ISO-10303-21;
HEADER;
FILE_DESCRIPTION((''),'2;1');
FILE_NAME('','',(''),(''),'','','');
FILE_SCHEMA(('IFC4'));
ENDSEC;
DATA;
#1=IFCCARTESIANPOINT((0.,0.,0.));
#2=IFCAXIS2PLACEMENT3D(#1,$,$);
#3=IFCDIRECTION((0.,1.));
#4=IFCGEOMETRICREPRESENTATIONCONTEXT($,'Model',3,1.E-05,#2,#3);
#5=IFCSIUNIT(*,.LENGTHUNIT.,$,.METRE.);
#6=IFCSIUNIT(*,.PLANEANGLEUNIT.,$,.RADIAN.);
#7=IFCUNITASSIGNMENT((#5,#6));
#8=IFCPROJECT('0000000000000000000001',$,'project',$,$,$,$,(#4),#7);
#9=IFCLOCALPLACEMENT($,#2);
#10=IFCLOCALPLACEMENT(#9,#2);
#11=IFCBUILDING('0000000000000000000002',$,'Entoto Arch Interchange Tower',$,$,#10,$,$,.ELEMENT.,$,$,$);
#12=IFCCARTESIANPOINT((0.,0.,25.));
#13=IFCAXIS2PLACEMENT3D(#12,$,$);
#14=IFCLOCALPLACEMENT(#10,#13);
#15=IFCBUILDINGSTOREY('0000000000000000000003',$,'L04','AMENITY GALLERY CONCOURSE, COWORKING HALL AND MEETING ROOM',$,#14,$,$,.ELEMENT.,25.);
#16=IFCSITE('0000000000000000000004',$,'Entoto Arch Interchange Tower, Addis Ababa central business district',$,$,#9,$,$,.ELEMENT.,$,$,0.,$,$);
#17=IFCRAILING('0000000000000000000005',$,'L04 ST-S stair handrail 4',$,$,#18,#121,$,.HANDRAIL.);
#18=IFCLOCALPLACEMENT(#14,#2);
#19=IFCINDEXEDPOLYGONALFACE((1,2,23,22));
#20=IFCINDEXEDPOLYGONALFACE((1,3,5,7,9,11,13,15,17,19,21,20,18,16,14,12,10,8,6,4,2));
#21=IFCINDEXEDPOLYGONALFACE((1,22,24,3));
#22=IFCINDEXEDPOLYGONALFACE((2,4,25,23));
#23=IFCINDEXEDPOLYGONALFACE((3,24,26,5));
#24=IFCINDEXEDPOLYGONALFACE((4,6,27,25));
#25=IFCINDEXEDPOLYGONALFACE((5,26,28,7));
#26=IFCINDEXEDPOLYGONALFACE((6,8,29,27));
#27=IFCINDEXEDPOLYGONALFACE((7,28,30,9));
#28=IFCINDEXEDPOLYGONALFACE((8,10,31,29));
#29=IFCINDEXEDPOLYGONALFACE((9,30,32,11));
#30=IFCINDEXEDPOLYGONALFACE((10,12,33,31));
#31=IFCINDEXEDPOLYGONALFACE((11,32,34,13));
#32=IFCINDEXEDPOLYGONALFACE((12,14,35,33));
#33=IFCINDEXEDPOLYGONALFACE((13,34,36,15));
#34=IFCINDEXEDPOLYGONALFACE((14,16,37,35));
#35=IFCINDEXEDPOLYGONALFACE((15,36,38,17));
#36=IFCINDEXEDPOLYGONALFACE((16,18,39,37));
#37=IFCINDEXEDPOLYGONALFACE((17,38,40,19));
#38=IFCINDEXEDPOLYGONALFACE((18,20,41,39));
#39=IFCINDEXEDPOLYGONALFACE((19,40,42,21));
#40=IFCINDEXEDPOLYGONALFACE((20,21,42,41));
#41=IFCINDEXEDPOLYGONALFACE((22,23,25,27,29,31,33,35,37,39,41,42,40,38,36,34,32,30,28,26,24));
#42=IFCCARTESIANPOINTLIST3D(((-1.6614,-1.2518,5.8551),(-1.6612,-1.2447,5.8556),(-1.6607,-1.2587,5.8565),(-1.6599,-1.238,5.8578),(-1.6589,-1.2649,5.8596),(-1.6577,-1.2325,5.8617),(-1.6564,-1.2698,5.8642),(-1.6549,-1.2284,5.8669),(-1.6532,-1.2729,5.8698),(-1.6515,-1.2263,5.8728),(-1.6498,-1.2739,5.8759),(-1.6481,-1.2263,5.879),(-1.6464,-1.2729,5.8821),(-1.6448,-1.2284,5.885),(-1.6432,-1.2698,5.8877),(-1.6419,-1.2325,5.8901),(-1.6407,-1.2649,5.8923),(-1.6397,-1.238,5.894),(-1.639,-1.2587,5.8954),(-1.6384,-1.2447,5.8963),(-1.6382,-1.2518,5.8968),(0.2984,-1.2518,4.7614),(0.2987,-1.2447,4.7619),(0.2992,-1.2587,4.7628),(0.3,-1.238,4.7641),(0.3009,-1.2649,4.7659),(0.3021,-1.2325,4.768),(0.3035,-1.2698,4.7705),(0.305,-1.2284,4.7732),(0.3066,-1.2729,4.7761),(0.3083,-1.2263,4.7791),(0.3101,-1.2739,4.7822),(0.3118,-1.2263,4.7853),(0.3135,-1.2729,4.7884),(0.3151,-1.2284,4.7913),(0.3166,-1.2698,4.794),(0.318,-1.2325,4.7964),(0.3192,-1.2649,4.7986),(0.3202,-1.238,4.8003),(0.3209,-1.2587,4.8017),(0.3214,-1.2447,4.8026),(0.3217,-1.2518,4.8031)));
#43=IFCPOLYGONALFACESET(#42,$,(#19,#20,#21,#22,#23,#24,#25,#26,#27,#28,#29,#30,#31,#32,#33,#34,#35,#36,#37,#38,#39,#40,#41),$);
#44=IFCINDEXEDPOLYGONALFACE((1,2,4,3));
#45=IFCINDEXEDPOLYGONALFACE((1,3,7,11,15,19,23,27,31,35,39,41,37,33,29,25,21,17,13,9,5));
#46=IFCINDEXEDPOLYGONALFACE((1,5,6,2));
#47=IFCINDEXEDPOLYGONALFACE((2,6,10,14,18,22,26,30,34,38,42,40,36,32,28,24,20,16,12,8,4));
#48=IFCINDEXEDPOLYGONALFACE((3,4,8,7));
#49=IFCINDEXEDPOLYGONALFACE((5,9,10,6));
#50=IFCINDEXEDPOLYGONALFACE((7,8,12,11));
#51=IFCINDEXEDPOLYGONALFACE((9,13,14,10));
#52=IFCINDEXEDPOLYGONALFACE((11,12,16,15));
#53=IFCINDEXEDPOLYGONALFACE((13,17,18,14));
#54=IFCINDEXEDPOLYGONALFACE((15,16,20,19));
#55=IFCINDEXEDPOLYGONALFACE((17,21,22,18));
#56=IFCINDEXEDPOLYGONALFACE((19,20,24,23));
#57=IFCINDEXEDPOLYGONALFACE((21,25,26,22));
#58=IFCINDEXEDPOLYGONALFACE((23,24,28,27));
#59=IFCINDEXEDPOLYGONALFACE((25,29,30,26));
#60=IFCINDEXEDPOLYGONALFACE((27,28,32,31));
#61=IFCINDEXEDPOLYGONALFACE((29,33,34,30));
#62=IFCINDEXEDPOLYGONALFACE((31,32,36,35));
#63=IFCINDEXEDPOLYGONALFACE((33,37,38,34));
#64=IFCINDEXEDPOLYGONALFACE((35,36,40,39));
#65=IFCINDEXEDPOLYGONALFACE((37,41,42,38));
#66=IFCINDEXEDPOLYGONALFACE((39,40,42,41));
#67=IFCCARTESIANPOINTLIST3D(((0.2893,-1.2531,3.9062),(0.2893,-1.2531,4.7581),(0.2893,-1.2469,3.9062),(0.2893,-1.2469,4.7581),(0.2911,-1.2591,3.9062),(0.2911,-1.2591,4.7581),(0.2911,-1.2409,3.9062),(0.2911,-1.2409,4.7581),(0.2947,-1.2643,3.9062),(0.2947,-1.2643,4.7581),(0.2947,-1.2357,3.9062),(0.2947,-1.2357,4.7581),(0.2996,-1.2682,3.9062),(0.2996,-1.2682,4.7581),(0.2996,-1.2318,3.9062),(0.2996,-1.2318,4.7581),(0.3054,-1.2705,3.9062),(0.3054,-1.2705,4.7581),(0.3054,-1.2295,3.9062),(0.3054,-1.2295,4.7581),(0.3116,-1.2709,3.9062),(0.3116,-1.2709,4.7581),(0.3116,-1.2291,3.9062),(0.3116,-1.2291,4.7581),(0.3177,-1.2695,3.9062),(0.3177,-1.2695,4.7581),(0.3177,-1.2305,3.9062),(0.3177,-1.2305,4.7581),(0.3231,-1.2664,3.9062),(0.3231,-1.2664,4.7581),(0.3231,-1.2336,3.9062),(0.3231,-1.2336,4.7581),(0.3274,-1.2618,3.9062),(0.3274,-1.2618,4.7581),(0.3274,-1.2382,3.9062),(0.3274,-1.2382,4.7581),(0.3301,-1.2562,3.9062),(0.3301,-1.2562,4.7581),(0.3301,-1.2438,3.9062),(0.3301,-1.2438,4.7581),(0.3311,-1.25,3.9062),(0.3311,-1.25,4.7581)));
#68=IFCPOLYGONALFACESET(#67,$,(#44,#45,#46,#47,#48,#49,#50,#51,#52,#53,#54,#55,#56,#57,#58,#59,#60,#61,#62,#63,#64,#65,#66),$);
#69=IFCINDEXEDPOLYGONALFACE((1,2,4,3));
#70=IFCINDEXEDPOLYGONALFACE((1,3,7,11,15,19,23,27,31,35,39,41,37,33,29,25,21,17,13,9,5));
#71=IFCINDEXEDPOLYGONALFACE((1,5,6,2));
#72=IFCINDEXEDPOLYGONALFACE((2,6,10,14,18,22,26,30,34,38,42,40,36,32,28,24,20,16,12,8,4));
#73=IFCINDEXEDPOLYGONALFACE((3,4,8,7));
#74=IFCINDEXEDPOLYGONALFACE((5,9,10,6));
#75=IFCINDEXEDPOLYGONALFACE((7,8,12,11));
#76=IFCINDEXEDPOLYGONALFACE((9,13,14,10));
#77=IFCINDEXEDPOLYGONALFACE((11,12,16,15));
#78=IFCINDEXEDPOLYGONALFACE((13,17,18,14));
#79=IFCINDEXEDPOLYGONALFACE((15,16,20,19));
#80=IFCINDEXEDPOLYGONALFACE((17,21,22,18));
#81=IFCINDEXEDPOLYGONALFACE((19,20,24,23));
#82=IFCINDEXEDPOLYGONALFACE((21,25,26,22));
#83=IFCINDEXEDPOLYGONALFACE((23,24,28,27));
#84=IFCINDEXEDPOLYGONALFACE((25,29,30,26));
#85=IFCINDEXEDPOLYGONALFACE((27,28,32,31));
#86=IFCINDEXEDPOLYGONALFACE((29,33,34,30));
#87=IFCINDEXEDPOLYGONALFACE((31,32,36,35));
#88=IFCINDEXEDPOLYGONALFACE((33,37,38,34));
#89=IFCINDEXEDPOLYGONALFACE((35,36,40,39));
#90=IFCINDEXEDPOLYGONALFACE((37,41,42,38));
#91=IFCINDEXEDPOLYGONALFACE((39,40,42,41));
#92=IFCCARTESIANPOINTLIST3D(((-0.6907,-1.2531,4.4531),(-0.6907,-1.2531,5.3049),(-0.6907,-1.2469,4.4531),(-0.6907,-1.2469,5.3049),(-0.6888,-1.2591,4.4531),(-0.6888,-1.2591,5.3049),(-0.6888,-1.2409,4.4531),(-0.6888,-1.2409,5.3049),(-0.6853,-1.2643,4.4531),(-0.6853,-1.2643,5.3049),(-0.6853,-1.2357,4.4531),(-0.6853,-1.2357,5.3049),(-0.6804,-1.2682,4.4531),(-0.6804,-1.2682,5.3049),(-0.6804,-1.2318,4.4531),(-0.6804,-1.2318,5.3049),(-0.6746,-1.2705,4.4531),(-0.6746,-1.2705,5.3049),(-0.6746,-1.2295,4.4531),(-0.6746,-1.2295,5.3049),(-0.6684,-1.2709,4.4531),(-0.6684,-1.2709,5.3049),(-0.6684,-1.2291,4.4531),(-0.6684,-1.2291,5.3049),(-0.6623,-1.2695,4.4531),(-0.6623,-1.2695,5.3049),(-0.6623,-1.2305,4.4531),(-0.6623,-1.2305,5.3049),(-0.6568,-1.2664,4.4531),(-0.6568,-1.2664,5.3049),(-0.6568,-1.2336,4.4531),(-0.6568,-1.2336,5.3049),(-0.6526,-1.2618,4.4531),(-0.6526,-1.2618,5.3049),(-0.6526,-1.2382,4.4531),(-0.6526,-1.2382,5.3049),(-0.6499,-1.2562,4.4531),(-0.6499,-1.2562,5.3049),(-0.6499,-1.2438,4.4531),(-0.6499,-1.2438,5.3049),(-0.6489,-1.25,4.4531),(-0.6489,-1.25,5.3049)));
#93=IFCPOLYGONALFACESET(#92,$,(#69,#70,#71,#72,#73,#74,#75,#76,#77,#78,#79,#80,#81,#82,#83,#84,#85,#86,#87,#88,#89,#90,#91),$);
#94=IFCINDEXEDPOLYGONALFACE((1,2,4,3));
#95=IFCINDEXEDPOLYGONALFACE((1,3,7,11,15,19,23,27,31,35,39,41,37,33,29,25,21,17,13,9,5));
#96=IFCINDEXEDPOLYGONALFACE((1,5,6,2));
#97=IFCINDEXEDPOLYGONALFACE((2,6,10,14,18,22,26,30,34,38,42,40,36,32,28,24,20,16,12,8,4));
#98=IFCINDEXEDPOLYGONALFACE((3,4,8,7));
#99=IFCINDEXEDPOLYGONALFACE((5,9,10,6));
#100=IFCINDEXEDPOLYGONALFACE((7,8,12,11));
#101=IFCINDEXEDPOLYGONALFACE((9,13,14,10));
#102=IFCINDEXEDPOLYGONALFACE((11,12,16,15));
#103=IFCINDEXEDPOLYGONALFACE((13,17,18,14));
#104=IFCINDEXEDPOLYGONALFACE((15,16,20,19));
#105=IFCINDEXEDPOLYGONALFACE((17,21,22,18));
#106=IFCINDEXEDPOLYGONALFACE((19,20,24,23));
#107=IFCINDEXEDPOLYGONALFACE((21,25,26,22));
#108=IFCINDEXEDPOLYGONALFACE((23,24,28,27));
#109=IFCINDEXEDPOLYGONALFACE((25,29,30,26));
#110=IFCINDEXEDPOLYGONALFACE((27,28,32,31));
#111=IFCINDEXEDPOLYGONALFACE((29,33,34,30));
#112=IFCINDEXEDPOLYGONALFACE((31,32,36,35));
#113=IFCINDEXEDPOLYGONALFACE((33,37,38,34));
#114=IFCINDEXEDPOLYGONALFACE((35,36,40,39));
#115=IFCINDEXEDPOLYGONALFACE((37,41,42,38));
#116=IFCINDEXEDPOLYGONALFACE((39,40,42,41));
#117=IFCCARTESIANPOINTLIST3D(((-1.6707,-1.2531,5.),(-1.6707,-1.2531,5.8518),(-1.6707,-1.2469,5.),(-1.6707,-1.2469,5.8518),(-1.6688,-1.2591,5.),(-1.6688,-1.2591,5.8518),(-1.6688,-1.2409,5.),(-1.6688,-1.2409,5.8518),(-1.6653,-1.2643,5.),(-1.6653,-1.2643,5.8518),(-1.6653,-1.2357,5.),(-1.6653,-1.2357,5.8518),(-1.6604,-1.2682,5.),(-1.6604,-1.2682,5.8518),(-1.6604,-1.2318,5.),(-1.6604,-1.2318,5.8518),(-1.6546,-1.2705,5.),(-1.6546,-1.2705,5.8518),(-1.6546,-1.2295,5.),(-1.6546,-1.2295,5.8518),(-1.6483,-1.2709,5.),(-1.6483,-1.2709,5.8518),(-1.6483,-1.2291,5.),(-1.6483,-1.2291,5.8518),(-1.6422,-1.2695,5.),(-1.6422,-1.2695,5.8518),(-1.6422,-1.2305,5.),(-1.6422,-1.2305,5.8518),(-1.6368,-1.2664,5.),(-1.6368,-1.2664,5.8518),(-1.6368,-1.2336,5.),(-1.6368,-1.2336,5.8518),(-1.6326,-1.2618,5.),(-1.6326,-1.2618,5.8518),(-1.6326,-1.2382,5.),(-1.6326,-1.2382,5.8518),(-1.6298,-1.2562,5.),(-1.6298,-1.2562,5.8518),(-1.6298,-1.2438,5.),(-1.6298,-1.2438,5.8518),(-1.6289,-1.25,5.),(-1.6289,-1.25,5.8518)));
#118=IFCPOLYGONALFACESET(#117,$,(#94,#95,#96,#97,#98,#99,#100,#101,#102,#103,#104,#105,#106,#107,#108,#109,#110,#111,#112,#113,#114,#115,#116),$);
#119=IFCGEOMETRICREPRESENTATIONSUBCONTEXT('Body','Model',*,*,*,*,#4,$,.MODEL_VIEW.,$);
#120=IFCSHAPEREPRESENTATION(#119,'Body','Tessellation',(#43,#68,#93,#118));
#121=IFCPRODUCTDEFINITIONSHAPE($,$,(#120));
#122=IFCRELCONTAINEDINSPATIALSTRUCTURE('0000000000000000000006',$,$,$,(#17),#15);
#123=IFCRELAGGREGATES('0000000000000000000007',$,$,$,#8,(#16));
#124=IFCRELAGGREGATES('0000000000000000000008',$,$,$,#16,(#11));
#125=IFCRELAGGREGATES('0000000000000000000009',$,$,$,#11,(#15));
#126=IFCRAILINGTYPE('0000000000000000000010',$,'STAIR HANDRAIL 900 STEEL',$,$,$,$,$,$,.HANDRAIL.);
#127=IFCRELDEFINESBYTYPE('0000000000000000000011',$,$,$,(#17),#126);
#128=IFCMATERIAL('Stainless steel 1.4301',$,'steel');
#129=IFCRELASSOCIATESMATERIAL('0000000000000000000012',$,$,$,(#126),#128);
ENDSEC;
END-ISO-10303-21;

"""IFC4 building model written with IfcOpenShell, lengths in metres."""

from ifc_helpers import new_model, si_unit, direction, frame, origin, origin_2d, place, context, subcontext, project, spatial, circle, extrude, material, type_object, element, save


model = new_model("IFC4")

# Units and contexts
model_context = context("Model", 3, precision=1e-05, world=origin(), true_north=direction((0.0, 1.0)))
body_context = subcontext(model_context, "Body", "Model", "MODEL_VIEW")
ifc_project = project(units=[si_unit("LENGTHUNIT", "METRE"), si_unit("PLANEANGLEUNIT", "RADIAN")], contexts=[model_context])

# Site, building, storey
site_placement = place(None, origin())
site = spatial("IfcSite", under=ifc_project, at=site_placement, Name="Entoto Arch Interchange Tower, Addis Ababa central business district", CompositionType="ELEMENT", RefElevation=0.0)
building_placement = place(site_placement, origin())
building = spatial("IfcBuilding", under=site, at=building_placement, Name="Entoto Arch Interchange Tower", CompositionType="ELEMENT")
storey_placement = place(building_placement, frame((0.0, 0.0, 25.0)))
storey = spatial("IfcBuildingStorey", under=building, at=storey_placement, Name="L04", Description="AMENITY GALLERY CONCOURSE, COWORKING HALL AND MEETING ROOM", CompositionType="ELEMENT", Elevation=25.0)

# Railing
ifc_material_1 = material(Name="Stainless steel 1.4301", Category="steel")
railing_type = type_object("IfcRailingType", Name="STAIR HANDRAIL 900 STEEL", PredefinedType="HANDRAIL", material=ifc_material_1)
for number, where, name in (
    (1, (0.3101, -1.25, 3.9062), "L04 ST-S stair handrail 4"),
):
    element("IfcRailing", number, at=place(storey_placement, frame(where)), inside=storey, type_object=railing_type, Name=name, PredefinedType="HANDRAIL", context=body_context, shape_type="SweptSolid", body=[
        extrude(circle(Radius=0.0239, at=origin_2d()), frame((0.0, 0.0, 0.876), z_axis=(-0.873232, 0.0, 0.487304), x_axis=(0.0, -1.0, 0.0)), (0.0, 0.0, 1.0), 2.2444),
        extrude(circle(Radius=0.021, at=origin_2d()), origin(), (0.0, 0.0, 1.0), 0.8518),
        extrude(circle(Radius=0.021, at=origin_2d()), frame((-0.98, 0.0, 0.5469)), (0.0, 0.0, 1.0), 0.8518),
        extrude(circle(Radius=0.021, at=origin_2d()), frame((-1.96, 0.0, 1.0938)), (0.0, 0.0, 1.0), 0.8518),
    ])

save(model, "model.ifc")
